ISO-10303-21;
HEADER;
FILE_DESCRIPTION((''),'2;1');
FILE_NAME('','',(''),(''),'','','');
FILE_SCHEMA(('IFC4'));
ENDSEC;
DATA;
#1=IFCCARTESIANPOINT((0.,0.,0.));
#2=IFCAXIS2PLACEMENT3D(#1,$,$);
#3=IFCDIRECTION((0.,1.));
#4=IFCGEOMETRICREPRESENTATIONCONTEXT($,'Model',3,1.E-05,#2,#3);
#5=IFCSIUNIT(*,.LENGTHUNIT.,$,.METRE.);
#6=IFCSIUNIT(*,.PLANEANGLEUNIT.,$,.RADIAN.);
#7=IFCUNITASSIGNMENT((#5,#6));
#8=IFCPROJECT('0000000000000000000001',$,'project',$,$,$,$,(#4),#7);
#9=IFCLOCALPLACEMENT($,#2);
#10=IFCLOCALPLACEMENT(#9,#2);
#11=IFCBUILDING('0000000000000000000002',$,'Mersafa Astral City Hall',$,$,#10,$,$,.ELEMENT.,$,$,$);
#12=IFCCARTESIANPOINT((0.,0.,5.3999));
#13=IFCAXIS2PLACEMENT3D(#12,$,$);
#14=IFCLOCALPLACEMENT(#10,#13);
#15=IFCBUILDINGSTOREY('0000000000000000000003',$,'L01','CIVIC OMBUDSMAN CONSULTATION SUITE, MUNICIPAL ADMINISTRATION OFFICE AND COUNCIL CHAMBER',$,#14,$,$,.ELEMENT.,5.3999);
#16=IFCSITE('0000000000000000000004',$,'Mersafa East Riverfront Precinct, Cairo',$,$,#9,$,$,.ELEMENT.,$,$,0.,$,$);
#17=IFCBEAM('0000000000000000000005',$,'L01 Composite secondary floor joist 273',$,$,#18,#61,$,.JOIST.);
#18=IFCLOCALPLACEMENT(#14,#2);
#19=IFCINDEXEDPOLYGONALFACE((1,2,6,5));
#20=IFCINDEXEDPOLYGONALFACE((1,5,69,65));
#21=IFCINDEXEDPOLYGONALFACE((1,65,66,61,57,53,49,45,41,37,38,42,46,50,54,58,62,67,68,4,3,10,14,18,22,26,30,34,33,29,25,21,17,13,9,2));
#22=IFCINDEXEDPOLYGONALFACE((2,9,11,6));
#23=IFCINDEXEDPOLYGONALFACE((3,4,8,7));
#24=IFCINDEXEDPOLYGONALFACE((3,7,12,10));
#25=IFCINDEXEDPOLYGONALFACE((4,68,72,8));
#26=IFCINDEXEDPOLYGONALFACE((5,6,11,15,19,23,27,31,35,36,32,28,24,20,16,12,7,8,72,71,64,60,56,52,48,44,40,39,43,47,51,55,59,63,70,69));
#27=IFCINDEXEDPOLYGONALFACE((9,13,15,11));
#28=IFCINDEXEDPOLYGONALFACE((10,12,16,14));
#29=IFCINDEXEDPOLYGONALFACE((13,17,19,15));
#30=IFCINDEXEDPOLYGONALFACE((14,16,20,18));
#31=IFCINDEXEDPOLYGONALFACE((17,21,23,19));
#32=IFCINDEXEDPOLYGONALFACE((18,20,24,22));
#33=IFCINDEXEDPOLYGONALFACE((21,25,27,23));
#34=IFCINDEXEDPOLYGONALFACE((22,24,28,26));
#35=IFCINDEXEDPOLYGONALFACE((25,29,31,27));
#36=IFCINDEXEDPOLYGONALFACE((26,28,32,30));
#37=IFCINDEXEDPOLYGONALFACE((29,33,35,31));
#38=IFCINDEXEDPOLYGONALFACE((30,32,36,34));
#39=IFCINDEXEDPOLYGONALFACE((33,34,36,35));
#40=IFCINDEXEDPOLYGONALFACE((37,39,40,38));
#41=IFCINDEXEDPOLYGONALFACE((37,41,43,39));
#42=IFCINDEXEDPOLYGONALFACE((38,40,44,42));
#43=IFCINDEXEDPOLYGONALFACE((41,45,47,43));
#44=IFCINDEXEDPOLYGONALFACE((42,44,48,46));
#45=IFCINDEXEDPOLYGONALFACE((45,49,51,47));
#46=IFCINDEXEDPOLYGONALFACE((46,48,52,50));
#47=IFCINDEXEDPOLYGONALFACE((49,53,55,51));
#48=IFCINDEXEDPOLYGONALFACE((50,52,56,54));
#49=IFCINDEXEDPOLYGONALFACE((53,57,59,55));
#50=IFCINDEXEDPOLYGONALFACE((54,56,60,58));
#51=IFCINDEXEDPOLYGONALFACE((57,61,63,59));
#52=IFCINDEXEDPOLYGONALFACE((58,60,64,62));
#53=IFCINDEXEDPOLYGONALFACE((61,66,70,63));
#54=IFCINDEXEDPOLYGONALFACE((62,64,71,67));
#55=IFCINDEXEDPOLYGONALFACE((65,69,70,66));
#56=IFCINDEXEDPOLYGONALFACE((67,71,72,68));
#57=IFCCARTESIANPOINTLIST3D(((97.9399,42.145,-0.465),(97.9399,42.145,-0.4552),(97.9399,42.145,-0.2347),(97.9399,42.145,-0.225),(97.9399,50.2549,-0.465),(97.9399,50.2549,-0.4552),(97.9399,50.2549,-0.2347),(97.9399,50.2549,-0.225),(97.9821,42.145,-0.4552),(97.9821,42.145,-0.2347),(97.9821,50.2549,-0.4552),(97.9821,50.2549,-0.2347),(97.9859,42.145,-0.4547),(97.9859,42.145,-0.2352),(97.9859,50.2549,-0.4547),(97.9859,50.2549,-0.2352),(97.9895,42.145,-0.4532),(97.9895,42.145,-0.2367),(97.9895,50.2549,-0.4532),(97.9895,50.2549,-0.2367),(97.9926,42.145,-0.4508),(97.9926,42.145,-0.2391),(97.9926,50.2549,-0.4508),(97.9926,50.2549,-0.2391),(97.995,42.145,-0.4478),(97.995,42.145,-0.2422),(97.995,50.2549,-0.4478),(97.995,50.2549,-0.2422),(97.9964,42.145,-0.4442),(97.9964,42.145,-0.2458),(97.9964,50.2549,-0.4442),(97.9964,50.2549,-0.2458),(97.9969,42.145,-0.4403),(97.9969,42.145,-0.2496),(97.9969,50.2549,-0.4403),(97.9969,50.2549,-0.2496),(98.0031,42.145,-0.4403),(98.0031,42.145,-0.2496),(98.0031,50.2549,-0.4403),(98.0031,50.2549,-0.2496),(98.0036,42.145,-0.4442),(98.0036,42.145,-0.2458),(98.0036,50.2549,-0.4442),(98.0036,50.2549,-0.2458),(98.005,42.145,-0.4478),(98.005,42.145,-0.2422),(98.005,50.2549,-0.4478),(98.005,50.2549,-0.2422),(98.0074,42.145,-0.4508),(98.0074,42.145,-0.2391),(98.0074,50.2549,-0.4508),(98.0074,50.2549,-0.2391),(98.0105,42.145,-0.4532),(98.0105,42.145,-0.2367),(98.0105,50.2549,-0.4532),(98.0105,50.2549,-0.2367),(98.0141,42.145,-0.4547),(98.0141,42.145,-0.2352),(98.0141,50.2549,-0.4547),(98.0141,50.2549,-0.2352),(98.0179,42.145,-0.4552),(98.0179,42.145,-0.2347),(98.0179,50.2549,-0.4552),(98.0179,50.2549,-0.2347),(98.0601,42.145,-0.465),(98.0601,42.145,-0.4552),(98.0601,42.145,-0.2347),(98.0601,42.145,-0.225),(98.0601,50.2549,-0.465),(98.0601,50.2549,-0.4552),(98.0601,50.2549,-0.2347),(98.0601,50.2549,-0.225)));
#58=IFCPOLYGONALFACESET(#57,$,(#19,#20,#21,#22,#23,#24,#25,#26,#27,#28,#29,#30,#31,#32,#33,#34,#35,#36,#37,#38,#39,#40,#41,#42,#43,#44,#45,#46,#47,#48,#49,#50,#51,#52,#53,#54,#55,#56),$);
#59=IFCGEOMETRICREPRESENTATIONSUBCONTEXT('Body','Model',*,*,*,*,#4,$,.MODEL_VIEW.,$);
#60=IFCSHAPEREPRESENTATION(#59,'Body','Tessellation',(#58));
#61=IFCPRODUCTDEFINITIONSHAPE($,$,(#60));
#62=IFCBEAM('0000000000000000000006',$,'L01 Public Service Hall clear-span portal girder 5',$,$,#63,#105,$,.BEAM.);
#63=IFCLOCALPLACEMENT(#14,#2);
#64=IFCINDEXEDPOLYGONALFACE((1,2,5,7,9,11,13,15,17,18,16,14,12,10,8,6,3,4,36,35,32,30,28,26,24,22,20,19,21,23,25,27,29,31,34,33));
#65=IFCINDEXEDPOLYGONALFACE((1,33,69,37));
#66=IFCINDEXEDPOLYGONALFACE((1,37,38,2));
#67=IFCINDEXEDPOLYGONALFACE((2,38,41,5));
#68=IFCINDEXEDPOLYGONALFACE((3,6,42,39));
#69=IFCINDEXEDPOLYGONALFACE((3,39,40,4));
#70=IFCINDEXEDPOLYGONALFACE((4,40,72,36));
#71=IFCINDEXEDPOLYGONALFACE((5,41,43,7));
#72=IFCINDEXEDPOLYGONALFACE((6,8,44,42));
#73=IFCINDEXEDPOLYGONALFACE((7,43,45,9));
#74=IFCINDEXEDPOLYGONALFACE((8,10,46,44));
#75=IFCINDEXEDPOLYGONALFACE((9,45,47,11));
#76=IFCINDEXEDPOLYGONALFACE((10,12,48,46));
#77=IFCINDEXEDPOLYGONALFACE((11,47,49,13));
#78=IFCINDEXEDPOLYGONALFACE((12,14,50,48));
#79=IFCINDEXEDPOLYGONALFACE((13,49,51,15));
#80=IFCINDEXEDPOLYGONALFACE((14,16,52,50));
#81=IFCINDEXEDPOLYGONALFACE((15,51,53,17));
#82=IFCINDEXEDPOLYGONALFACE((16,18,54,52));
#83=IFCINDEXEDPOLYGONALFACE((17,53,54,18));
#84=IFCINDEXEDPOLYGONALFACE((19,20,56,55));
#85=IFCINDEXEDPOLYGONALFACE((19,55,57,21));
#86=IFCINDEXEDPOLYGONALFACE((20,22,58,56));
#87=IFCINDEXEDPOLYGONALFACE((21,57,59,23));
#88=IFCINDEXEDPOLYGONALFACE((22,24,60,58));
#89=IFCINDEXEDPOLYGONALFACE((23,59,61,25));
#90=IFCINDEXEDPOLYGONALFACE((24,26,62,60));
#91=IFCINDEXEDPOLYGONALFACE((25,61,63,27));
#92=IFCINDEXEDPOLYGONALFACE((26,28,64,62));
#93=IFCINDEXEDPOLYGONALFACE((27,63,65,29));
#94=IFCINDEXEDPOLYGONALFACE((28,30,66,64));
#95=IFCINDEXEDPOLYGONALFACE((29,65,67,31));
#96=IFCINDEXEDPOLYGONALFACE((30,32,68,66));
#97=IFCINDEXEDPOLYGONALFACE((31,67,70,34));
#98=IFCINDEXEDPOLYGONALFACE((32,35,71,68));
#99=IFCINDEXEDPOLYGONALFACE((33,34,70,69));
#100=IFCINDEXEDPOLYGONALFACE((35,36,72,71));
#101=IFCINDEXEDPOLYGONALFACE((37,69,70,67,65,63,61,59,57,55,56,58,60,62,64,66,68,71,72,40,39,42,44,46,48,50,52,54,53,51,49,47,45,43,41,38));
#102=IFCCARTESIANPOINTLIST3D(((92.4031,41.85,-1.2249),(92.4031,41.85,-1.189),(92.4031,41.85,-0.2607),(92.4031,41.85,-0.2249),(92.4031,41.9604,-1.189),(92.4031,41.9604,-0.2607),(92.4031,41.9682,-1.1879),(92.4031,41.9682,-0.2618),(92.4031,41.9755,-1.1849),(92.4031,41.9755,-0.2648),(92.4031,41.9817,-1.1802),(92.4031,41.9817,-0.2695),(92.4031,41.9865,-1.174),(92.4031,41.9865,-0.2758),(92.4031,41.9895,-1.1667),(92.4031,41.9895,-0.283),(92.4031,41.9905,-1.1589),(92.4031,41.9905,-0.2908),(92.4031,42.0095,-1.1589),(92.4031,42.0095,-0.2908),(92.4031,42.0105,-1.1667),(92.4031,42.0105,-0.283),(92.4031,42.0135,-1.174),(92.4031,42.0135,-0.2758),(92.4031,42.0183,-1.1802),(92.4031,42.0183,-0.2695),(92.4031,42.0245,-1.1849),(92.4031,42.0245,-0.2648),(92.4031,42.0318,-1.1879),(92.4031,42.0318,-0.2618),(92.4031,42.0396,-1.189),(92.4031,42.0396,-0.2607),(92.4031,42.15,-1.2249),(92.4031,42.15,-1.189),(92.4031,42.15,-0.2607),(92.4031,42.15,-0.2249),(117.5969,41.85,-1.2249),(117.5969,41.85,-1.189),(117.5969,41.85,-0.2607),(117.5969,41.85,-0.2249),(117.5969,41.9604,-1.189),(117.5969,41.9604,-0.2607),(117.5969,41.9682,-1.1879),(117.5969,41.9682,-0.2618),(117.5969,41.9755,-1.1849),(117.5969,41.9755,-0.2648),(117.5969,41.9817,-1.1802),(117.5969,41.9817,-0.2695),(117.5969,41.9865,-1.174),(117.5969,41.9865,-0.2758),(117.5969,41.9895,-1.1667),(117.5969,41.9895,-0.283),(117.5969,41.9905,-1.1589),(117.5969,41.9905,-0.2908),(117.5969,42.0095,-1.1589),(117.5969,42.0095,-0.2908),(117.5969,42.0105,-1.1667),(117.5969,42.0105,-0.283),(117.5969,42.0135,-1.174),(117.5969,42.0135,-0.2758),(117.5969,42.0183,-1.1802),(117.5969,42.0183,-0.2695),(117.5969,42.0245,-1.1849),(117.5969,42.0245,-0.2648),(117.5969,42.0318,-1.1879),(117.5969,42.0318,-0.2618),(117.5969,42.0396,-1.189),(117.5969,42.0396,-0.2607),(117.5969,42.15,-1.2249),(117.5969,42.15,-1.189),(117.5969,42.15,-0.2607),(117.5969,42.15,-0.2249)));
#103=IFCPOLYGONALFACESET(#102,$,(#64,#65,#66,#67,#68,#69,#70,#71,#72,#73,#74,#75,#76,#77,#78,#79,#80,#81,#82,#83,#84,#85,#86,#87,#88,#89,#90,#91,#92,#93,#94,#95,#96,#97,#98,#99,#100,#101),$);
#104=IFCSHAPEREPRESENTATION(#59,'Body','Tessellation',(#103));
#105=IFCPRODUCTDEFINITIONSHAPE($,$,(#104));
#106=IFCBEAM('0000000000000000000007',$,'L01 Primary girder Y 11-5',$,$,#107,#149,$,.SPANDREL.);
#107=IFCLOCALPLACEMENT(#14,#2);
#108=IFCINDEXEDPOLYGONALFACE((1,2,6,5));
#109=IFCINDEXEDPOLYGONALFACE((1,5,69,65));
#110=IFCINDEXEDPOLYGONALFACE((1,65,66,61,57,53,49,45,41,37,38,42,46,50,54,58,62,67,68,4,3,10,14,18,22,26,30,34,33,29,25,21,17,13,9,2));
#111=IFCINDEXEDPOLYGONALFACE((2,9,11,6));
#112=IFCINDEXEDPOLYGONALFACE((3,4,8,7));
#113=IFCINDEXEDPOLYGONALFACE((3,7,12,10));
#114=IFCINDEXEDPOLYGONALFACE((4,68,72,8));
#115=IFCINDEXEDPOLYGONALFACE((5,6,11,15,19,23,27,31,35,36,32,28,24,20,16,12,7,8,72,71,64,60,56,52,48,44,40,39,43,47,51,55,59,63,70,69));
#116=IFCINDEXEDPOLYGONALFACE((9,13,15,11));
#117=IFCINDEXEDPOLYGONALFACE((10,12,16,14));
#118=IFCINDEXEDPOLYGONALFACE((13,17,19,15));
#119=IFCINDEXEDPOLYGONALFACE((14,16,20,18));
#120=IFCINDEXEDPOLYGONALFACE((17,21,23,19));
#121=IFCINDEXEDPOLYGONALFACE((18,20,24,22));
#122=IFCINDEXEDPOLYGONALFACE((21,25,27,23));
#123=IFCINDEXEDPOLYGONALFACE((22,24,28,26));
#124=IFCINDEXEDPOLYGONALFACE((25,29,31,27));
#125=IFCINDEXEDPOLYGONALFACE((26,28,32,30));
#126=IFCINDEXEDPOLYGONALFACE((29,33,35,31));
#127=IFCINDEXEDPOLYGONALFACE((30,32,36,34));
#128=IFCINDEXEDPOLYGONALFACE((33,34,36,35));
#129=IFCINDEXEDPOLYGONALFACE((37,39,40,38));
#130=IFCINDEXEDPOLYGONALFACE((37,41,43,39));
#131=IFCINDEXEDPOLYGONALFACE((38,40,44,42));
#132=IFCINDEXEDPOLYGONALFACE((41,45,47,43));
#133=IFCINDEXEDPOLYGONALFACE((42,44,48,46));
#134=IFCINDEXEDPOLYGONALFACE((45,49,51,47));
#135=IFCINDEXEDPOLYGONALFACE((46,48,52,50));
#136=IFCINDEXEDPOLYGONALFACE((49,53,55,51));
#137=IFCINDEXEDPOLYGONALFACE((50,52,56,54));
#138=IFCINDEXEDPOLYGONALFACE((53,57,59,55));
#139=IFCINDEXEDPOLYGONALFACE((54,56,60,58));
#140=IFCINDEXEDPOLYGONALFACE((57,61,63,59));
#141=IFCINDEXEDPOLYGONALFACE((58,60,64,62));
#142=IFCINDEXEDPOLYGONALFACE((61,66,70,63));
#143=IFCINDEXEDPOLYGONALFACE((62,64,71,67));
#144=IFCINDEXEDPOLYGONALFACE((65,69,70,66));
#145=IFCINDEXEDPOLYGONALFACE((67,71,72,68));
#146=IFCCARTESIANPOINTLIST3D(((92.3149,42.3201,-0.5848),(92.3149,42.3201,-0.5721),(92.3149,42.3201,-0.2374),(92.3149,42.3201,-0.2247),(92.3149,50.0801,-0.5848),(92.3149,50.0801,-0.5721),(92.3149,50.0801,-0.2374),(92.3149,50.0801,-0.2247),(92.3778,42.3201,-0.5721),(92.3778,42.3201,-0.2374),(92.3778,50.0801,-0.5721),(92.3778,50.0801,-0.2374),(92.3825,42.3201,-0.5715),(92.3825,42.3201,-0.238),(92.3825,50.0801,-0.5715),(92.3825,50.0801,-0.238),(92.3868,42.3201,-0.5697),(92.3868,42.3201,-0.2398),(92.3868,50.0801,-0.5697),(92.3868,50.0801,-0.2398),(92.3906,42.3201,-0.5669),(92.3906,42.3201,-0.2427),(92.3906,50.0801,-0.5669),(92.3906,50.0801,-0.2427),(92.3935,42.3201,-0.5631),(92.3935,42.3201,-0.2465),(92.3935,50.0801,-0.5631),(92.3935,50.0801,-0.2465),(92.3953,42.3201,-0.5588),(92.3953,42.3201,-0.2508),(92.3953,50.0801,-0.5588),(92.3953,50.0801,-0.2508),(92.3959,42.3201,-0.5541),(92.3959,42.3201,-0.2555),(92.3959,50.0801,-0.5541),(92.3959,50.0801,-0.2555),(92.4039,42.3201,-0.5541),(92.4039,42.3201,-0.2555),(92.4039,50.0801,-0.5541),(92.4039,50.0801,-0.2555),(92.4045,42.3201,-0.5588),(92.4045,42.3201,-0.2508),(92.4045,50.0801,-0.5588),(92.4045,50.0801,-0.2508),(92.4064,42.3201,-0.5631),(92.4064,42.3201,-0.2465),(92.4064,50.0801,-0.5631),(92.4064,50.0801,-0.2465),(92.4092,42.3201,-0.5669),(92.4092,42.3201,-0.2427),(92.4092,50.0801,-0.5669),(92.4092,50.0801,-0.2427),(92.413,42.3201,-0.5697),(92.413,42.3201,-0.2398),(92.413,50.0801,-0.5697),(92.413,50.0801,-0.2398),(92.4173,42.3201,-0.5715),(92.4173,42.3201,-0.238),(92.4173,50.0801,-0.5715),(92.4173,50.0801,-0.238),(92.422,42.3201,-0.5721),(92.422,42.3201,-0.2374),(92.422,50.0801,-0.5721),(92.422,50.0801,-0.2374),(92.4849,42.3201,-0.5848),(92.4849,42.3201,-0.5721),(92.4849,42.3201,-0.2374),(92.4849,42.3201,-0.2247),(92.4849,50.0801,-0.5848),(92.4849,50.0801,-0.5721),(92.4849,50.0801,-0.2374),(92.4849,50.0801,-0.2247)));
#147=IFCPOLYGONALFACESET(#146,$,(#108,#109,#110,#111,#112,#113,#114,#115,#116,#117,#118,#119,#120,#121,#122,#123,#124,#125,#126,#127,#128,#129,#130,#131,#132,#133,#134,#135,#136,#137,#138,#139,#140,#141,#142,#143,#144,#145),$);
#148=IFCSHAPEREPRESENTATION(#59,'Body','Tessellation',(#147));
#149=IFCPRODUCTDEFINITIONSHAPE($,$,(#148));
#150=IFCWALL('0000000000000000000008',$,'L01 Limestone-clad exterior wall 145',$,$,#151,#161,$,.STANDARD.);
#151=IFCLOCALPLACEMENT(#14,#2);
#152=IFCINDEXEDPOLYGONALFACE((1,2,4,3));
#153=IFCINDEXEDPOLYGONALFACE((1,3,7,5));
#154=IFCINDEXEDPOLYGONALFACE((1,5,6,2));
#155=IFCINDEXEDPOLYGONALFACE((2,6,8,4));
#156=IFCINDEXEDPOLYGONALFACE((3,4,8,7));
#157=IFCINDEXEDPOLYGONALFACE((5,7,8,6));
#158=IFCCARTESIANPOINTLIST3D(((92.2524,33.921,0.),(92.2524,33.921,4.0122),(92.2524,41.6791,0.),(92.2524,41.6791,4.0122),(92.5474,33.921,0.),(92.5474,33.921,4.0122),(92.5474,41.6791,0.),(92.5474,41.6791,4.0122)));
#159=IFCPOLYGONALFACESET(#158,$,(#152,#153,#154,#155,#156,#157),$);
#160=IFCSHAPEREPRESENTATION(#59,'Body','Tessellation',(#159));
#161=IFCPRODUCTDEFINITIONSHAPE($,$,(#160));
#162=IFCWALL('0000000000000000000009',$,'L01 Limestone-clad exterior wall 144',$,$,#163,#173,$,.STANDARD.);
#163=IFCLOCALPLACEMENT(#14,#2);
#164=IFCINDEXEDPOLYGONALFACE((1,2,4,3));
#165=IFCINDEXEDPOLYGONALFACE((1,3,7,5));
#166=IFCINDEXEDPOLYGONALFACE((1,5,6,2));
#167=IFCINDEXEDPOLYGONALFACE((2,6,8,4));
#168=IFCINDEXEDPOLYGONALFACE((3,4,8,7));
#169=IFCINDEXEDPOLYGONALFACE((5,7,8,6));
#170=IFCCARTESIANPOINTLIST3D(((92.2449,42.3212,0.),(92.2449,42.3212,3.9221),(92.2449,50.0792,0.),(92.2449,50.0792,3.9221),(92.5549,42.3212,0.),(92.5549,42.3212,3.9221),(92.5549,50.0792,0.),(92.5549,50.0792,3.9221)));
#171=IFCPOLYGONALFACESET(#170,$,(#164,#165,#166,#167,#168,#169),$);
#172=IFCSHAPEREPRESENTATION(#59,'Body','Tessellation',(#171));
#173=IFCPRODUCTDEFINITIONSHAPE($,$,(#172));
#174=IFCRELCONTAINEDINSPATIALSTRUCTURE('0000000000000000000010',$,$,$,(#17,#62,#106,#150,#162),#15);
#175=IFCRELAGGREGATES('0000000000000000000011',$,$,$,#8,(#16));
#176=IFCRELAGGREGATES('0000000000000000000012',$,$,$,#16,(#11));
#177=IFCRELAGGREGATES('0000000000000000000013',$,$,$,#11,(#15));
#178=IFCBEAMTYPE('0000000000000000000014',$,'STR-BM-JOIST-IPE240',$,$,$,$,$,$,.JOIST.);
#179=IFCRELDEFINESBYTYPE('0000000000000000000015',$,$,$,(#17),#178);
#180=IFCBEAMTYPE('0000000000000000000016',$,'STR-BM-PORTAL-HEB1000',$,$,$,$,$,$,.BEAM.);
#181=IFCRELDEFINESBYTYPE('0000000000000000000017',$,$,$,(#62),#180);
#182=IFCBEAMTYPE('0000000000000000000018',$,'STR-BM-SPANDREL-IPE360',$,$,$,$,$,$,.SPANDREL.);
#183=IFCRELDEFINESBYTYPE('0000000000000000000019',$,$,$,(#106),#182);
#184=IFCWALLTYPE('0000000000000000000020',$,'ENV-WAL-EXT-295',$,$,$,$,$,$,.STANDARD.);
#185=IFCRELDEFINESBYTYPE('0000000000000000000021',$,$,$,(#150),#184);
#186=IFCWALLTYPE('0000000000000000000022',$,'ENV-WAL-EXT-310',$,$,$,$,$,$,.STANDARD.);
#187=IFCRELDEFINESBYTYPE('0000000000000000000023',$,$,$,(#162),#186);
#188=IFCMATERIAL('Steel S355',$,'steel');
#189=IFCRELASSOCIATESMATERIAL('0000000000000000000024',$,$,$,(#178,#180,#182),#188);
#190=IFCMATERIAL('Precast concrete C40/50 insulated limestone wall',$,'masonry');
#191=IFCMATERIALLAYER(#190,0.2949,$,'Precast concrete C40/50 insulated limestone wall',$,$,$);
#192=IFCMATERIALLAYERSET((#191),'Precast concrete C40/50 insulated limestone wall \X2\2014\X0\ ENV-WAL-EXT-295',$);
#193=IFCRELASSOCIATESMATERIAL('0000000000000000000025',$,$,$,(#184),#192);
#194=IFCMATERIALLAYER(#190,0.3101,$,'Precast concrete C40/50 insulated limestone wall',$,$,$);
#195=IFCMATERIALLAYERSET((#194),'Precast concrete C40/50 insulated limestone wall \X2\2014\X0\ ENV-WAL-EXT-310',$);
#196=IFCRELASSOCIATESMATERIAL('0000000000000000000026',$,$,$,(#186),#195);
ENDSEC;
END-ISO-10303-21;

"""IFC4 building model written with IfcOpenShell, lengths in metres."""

from ifc_helpers import new_model, si_unit, direction, frame, frame_2d, origin, origin_2d, place, context, subcontext, project, spatial, rectangle, i_section, extrude, material, layer, layer_set, material_profile, profile_set, type_object, element, save


model = new_model("IFC4")

# Units and contexts
model_context = context("Model", 3, precision=1e-05, world=origin(), true_north=direction((0.0, 1.0)))
body_context = subcontext(model_context, "Body", "Model", "MODEL_VIEW")
ifc_project = project(units=[si_unit("LENGTHUNIT", "METRE"), si_unit("PLANEANGLEUNIT", "RADIAN")], contexts=[model_context])

# Site, building, storey
site_placement = place(None, origin())
site = spatial("IfcSite", under=ifc_project, at=site_placement, Name="Mersafa East Riverfront Precinct, Cairo", CompositionType="ELEMENT", RefElevation=0.0)
building_placement = place(site_placement, origin())
building = spatial("IfcBuilding", under=site, at=building_placement, Name="Mersafa Astral City Hall", CompositionType="ELEMENT")
storey_placement = place(building_placement, frame((0.0, 0.0, 5.3999)))
storey = spatial("IfcBuildingStorey", under=building, at=storey_placement, Name="L01", Description="CIVIC OMBUDSMAN CONSULTATION SUITE, MUNICIPAL ADMINISTRATION OFFICE AND COUNCIL CHAMBER", CompositionType="ELEMENT", Elevation=5.3999)

# Shared definitions
ifc_material_1 = material(Name="Steel S355", Category="steel")

# Beams
ifc_material_profile_1 = material_profile(ifc_material_1, i_section(OverallWidth=0.1201, OverallDepth=0.24, WebThickness=0.0061, FlangeThickness=0.0098, FilletRadius=0.0149, at=origin_2d()), Name="IPE 240")
ifc_profile_set_1 = profile_set([ifc_material_profile_1], Name="Steel S355")
beam_type_1 = type_object("IfcBeamType", Name="STR-BM-JOIST-IPE240", PredefinedType="JOIST", material=ifc_profile_set_1)
for number, where, z_axis, x_axis, name in (
    (1, (98.0, 42.145, -0.345), (0.0, 1.0, 0.0), (-1.0, 0.0, 0.0), "L01 Composite secondary floor joist 273"),
):
    element("IfcBeam", number, at=place(storey_placement, frame(where, z_axis=z_axis, x_axis=x_axis)), inside=storey, type_object=beam_type_1, Name=name, PredefinedType="JOIST", context=body_context, shape_type="SweptSolid", body=[
        extrude(i_section(OverallWidth=0.1201, OverallDepth=0.24, WebThickness=0.0061, FlangeThickness=0.0098, FilletRadius=0.0149, at=origin_2d()), origin(), (0.0, 0.0, 1.0), 8.1099),
    ])
ifc_material_profile_2 = material_profile(ifc_material_1, i_section(OverallWidth=0.3, OverallDepth=1.0, WebThickness=0.019, FlangeThickness=0.0359, FilletRadius=0.03, at=origin_2d()), Name="HEB 1000")
ifc_profile_set_2 = profile_set([ifc_material_profile_2], Name="Steel S355")
beam_type_2 = type_object("IfcBeamType", Name="STR-BM-PORTAL-HEB1000", PredefinedType="BEAM", material=ifc_profile_set_2)
beam_1_placement = place(storey_placement, frame((92.4031, 42.0, -0.7249), z_axis=(1.0, 0.0, 0.0), x_axis=(0.0, 1.0, 0.0)))
element("IfcBeam", 2, at=beam_1_placement, inside=storey, type_object=beam_type_2, Name="L01 Public Service Hall clear-span portal girder 5", PredefinedType="BEAM", context=body_context, shape_type="SweptSolid", body=[
    extrude(i_section(OverallWidth=0.3, OverallDepth=1.0, WebThickness=0.019, FlangeThickness=0.0359, FilletRadius=0.03, at=origin_2d()), origin(), (0.0, 0.0, 1.0), 25.1938),
])
ifc_material_profile_3 = material_profile(ifc_material_1, i_section(OverallWidth=0.1699, OverallDepth=0.3601, WebThickness=0.0081, FlangeThickness=0.0127, FilletRadius=0.0181, at=origin_2d()), Name="IPE 360")
ifc_profile_set_3 = profile_set([ifc_material_profile_3], Name="Steel S355")
beam_type_3 = type_object("IfcBeamType", Name="STR-BM-SPANDREL-IPE360", PredefinedType="SPANDREL", material=ifc_profile_set_3)
beam_2_placement = place(storey_placement, frame((92.3999, 42.3201, -0.4048), z_axis=(0.0, 1.0, 0.0), x_axis=(-1.0, 0.0, 0.0)))
element("IfcBeam", 3, at=beam_2_placement, inside=storey, type_object=beam_type_3, Name="L01 Primary girder Y 11-5", PredefinedType="SPANDREL", context=body_context, shape_type="SweptSolid", body=[
    extrude(i_section(OverallWidth=0.1699, OverallDepth=0.3601, WebThickness=0.0081, FlangeThickness=0.0127, FilletRadius=0.0181, at=origin_2d()), origin(), (0.0, 0.0, 1.0), 7.76),
])

# Walls
ifc_material_2 = material(Name="Precast concrete C40/50 insulated limestone wall", Category="masonry")
ifc_layer_1 = layer(ifc_material_2, 0.2949, Name="Precast concrete C40/50 insulated limestone wall")
ifc_layer_set_1 = layer_set([ifc_layer_1], Name="Precast concrete C40/50 insulated limestone wall — ENV-WAL-EXT-295")
wall_type_1 = type_object("IfcWallType", Name="ENV-WAL-EXT-295", PredefinedType="STANDARD", material=ifc_layer_set_1)
wall_1_placement = place(storey_placement, frame((92.3999, 41.679, 0.0), z_axis=(0.0, 0.0, 1.0), x_axis=(0.0, -1.0, 0.0)))
element("IfcWall", 4, at=wall_1_placement, inside=storey, type_object=wall_type_1, Name="L01 Limestone-clad exterior wall 145", PredefinedType="STANDARD", context=body_context, shape_type="SweptSolid", body=[
    extrude(rectangle(XDim=7.7581, YDim=0.2949, at=frame_2d((3.8789, 0.0))), origin(), (0.0, 0.0, 1.0), 4.0122),
])
ifc_layer_2 = layer(ifc_material_2, 0.3101, Name="Precast concrete C40/50 insulated limestone wall")
ifc_layer_set_2 = layer_set([ifc_layer_2], Name="Precast concrete C40/50 insulated limestone wall — ENV-WAL-EXT-310")
wall_type_2 = type_object("IfcWallType", Name="ENV-WAL-EXT-310", PredefinedType="STANDARD", material=ifc_layer_set_2)
wall_2_placement = place(storey_placement, frame((92.3999, 50.0791, 0.0), z_axis=(0.0, 0.0, 1.0), x_axis=(0.0, -1.0, 0.0)))
element("IfcWall", 5, at=wall_2_placement, inside=storey, type_object=wall_type_2, Name="L01 Limestone-clad exterior wall 144", PredefinedType="STANDARD", context=body_context, shape_type="SweptSolid", body=[
    extrude(rectangle(XDim=7.7581, YDim=0.3101, at=frame_2d((3.8789, 0.0))), origin(), (0.0, 0.0, 1.0), 3.9221),
])

save(model, "model.ifc")
